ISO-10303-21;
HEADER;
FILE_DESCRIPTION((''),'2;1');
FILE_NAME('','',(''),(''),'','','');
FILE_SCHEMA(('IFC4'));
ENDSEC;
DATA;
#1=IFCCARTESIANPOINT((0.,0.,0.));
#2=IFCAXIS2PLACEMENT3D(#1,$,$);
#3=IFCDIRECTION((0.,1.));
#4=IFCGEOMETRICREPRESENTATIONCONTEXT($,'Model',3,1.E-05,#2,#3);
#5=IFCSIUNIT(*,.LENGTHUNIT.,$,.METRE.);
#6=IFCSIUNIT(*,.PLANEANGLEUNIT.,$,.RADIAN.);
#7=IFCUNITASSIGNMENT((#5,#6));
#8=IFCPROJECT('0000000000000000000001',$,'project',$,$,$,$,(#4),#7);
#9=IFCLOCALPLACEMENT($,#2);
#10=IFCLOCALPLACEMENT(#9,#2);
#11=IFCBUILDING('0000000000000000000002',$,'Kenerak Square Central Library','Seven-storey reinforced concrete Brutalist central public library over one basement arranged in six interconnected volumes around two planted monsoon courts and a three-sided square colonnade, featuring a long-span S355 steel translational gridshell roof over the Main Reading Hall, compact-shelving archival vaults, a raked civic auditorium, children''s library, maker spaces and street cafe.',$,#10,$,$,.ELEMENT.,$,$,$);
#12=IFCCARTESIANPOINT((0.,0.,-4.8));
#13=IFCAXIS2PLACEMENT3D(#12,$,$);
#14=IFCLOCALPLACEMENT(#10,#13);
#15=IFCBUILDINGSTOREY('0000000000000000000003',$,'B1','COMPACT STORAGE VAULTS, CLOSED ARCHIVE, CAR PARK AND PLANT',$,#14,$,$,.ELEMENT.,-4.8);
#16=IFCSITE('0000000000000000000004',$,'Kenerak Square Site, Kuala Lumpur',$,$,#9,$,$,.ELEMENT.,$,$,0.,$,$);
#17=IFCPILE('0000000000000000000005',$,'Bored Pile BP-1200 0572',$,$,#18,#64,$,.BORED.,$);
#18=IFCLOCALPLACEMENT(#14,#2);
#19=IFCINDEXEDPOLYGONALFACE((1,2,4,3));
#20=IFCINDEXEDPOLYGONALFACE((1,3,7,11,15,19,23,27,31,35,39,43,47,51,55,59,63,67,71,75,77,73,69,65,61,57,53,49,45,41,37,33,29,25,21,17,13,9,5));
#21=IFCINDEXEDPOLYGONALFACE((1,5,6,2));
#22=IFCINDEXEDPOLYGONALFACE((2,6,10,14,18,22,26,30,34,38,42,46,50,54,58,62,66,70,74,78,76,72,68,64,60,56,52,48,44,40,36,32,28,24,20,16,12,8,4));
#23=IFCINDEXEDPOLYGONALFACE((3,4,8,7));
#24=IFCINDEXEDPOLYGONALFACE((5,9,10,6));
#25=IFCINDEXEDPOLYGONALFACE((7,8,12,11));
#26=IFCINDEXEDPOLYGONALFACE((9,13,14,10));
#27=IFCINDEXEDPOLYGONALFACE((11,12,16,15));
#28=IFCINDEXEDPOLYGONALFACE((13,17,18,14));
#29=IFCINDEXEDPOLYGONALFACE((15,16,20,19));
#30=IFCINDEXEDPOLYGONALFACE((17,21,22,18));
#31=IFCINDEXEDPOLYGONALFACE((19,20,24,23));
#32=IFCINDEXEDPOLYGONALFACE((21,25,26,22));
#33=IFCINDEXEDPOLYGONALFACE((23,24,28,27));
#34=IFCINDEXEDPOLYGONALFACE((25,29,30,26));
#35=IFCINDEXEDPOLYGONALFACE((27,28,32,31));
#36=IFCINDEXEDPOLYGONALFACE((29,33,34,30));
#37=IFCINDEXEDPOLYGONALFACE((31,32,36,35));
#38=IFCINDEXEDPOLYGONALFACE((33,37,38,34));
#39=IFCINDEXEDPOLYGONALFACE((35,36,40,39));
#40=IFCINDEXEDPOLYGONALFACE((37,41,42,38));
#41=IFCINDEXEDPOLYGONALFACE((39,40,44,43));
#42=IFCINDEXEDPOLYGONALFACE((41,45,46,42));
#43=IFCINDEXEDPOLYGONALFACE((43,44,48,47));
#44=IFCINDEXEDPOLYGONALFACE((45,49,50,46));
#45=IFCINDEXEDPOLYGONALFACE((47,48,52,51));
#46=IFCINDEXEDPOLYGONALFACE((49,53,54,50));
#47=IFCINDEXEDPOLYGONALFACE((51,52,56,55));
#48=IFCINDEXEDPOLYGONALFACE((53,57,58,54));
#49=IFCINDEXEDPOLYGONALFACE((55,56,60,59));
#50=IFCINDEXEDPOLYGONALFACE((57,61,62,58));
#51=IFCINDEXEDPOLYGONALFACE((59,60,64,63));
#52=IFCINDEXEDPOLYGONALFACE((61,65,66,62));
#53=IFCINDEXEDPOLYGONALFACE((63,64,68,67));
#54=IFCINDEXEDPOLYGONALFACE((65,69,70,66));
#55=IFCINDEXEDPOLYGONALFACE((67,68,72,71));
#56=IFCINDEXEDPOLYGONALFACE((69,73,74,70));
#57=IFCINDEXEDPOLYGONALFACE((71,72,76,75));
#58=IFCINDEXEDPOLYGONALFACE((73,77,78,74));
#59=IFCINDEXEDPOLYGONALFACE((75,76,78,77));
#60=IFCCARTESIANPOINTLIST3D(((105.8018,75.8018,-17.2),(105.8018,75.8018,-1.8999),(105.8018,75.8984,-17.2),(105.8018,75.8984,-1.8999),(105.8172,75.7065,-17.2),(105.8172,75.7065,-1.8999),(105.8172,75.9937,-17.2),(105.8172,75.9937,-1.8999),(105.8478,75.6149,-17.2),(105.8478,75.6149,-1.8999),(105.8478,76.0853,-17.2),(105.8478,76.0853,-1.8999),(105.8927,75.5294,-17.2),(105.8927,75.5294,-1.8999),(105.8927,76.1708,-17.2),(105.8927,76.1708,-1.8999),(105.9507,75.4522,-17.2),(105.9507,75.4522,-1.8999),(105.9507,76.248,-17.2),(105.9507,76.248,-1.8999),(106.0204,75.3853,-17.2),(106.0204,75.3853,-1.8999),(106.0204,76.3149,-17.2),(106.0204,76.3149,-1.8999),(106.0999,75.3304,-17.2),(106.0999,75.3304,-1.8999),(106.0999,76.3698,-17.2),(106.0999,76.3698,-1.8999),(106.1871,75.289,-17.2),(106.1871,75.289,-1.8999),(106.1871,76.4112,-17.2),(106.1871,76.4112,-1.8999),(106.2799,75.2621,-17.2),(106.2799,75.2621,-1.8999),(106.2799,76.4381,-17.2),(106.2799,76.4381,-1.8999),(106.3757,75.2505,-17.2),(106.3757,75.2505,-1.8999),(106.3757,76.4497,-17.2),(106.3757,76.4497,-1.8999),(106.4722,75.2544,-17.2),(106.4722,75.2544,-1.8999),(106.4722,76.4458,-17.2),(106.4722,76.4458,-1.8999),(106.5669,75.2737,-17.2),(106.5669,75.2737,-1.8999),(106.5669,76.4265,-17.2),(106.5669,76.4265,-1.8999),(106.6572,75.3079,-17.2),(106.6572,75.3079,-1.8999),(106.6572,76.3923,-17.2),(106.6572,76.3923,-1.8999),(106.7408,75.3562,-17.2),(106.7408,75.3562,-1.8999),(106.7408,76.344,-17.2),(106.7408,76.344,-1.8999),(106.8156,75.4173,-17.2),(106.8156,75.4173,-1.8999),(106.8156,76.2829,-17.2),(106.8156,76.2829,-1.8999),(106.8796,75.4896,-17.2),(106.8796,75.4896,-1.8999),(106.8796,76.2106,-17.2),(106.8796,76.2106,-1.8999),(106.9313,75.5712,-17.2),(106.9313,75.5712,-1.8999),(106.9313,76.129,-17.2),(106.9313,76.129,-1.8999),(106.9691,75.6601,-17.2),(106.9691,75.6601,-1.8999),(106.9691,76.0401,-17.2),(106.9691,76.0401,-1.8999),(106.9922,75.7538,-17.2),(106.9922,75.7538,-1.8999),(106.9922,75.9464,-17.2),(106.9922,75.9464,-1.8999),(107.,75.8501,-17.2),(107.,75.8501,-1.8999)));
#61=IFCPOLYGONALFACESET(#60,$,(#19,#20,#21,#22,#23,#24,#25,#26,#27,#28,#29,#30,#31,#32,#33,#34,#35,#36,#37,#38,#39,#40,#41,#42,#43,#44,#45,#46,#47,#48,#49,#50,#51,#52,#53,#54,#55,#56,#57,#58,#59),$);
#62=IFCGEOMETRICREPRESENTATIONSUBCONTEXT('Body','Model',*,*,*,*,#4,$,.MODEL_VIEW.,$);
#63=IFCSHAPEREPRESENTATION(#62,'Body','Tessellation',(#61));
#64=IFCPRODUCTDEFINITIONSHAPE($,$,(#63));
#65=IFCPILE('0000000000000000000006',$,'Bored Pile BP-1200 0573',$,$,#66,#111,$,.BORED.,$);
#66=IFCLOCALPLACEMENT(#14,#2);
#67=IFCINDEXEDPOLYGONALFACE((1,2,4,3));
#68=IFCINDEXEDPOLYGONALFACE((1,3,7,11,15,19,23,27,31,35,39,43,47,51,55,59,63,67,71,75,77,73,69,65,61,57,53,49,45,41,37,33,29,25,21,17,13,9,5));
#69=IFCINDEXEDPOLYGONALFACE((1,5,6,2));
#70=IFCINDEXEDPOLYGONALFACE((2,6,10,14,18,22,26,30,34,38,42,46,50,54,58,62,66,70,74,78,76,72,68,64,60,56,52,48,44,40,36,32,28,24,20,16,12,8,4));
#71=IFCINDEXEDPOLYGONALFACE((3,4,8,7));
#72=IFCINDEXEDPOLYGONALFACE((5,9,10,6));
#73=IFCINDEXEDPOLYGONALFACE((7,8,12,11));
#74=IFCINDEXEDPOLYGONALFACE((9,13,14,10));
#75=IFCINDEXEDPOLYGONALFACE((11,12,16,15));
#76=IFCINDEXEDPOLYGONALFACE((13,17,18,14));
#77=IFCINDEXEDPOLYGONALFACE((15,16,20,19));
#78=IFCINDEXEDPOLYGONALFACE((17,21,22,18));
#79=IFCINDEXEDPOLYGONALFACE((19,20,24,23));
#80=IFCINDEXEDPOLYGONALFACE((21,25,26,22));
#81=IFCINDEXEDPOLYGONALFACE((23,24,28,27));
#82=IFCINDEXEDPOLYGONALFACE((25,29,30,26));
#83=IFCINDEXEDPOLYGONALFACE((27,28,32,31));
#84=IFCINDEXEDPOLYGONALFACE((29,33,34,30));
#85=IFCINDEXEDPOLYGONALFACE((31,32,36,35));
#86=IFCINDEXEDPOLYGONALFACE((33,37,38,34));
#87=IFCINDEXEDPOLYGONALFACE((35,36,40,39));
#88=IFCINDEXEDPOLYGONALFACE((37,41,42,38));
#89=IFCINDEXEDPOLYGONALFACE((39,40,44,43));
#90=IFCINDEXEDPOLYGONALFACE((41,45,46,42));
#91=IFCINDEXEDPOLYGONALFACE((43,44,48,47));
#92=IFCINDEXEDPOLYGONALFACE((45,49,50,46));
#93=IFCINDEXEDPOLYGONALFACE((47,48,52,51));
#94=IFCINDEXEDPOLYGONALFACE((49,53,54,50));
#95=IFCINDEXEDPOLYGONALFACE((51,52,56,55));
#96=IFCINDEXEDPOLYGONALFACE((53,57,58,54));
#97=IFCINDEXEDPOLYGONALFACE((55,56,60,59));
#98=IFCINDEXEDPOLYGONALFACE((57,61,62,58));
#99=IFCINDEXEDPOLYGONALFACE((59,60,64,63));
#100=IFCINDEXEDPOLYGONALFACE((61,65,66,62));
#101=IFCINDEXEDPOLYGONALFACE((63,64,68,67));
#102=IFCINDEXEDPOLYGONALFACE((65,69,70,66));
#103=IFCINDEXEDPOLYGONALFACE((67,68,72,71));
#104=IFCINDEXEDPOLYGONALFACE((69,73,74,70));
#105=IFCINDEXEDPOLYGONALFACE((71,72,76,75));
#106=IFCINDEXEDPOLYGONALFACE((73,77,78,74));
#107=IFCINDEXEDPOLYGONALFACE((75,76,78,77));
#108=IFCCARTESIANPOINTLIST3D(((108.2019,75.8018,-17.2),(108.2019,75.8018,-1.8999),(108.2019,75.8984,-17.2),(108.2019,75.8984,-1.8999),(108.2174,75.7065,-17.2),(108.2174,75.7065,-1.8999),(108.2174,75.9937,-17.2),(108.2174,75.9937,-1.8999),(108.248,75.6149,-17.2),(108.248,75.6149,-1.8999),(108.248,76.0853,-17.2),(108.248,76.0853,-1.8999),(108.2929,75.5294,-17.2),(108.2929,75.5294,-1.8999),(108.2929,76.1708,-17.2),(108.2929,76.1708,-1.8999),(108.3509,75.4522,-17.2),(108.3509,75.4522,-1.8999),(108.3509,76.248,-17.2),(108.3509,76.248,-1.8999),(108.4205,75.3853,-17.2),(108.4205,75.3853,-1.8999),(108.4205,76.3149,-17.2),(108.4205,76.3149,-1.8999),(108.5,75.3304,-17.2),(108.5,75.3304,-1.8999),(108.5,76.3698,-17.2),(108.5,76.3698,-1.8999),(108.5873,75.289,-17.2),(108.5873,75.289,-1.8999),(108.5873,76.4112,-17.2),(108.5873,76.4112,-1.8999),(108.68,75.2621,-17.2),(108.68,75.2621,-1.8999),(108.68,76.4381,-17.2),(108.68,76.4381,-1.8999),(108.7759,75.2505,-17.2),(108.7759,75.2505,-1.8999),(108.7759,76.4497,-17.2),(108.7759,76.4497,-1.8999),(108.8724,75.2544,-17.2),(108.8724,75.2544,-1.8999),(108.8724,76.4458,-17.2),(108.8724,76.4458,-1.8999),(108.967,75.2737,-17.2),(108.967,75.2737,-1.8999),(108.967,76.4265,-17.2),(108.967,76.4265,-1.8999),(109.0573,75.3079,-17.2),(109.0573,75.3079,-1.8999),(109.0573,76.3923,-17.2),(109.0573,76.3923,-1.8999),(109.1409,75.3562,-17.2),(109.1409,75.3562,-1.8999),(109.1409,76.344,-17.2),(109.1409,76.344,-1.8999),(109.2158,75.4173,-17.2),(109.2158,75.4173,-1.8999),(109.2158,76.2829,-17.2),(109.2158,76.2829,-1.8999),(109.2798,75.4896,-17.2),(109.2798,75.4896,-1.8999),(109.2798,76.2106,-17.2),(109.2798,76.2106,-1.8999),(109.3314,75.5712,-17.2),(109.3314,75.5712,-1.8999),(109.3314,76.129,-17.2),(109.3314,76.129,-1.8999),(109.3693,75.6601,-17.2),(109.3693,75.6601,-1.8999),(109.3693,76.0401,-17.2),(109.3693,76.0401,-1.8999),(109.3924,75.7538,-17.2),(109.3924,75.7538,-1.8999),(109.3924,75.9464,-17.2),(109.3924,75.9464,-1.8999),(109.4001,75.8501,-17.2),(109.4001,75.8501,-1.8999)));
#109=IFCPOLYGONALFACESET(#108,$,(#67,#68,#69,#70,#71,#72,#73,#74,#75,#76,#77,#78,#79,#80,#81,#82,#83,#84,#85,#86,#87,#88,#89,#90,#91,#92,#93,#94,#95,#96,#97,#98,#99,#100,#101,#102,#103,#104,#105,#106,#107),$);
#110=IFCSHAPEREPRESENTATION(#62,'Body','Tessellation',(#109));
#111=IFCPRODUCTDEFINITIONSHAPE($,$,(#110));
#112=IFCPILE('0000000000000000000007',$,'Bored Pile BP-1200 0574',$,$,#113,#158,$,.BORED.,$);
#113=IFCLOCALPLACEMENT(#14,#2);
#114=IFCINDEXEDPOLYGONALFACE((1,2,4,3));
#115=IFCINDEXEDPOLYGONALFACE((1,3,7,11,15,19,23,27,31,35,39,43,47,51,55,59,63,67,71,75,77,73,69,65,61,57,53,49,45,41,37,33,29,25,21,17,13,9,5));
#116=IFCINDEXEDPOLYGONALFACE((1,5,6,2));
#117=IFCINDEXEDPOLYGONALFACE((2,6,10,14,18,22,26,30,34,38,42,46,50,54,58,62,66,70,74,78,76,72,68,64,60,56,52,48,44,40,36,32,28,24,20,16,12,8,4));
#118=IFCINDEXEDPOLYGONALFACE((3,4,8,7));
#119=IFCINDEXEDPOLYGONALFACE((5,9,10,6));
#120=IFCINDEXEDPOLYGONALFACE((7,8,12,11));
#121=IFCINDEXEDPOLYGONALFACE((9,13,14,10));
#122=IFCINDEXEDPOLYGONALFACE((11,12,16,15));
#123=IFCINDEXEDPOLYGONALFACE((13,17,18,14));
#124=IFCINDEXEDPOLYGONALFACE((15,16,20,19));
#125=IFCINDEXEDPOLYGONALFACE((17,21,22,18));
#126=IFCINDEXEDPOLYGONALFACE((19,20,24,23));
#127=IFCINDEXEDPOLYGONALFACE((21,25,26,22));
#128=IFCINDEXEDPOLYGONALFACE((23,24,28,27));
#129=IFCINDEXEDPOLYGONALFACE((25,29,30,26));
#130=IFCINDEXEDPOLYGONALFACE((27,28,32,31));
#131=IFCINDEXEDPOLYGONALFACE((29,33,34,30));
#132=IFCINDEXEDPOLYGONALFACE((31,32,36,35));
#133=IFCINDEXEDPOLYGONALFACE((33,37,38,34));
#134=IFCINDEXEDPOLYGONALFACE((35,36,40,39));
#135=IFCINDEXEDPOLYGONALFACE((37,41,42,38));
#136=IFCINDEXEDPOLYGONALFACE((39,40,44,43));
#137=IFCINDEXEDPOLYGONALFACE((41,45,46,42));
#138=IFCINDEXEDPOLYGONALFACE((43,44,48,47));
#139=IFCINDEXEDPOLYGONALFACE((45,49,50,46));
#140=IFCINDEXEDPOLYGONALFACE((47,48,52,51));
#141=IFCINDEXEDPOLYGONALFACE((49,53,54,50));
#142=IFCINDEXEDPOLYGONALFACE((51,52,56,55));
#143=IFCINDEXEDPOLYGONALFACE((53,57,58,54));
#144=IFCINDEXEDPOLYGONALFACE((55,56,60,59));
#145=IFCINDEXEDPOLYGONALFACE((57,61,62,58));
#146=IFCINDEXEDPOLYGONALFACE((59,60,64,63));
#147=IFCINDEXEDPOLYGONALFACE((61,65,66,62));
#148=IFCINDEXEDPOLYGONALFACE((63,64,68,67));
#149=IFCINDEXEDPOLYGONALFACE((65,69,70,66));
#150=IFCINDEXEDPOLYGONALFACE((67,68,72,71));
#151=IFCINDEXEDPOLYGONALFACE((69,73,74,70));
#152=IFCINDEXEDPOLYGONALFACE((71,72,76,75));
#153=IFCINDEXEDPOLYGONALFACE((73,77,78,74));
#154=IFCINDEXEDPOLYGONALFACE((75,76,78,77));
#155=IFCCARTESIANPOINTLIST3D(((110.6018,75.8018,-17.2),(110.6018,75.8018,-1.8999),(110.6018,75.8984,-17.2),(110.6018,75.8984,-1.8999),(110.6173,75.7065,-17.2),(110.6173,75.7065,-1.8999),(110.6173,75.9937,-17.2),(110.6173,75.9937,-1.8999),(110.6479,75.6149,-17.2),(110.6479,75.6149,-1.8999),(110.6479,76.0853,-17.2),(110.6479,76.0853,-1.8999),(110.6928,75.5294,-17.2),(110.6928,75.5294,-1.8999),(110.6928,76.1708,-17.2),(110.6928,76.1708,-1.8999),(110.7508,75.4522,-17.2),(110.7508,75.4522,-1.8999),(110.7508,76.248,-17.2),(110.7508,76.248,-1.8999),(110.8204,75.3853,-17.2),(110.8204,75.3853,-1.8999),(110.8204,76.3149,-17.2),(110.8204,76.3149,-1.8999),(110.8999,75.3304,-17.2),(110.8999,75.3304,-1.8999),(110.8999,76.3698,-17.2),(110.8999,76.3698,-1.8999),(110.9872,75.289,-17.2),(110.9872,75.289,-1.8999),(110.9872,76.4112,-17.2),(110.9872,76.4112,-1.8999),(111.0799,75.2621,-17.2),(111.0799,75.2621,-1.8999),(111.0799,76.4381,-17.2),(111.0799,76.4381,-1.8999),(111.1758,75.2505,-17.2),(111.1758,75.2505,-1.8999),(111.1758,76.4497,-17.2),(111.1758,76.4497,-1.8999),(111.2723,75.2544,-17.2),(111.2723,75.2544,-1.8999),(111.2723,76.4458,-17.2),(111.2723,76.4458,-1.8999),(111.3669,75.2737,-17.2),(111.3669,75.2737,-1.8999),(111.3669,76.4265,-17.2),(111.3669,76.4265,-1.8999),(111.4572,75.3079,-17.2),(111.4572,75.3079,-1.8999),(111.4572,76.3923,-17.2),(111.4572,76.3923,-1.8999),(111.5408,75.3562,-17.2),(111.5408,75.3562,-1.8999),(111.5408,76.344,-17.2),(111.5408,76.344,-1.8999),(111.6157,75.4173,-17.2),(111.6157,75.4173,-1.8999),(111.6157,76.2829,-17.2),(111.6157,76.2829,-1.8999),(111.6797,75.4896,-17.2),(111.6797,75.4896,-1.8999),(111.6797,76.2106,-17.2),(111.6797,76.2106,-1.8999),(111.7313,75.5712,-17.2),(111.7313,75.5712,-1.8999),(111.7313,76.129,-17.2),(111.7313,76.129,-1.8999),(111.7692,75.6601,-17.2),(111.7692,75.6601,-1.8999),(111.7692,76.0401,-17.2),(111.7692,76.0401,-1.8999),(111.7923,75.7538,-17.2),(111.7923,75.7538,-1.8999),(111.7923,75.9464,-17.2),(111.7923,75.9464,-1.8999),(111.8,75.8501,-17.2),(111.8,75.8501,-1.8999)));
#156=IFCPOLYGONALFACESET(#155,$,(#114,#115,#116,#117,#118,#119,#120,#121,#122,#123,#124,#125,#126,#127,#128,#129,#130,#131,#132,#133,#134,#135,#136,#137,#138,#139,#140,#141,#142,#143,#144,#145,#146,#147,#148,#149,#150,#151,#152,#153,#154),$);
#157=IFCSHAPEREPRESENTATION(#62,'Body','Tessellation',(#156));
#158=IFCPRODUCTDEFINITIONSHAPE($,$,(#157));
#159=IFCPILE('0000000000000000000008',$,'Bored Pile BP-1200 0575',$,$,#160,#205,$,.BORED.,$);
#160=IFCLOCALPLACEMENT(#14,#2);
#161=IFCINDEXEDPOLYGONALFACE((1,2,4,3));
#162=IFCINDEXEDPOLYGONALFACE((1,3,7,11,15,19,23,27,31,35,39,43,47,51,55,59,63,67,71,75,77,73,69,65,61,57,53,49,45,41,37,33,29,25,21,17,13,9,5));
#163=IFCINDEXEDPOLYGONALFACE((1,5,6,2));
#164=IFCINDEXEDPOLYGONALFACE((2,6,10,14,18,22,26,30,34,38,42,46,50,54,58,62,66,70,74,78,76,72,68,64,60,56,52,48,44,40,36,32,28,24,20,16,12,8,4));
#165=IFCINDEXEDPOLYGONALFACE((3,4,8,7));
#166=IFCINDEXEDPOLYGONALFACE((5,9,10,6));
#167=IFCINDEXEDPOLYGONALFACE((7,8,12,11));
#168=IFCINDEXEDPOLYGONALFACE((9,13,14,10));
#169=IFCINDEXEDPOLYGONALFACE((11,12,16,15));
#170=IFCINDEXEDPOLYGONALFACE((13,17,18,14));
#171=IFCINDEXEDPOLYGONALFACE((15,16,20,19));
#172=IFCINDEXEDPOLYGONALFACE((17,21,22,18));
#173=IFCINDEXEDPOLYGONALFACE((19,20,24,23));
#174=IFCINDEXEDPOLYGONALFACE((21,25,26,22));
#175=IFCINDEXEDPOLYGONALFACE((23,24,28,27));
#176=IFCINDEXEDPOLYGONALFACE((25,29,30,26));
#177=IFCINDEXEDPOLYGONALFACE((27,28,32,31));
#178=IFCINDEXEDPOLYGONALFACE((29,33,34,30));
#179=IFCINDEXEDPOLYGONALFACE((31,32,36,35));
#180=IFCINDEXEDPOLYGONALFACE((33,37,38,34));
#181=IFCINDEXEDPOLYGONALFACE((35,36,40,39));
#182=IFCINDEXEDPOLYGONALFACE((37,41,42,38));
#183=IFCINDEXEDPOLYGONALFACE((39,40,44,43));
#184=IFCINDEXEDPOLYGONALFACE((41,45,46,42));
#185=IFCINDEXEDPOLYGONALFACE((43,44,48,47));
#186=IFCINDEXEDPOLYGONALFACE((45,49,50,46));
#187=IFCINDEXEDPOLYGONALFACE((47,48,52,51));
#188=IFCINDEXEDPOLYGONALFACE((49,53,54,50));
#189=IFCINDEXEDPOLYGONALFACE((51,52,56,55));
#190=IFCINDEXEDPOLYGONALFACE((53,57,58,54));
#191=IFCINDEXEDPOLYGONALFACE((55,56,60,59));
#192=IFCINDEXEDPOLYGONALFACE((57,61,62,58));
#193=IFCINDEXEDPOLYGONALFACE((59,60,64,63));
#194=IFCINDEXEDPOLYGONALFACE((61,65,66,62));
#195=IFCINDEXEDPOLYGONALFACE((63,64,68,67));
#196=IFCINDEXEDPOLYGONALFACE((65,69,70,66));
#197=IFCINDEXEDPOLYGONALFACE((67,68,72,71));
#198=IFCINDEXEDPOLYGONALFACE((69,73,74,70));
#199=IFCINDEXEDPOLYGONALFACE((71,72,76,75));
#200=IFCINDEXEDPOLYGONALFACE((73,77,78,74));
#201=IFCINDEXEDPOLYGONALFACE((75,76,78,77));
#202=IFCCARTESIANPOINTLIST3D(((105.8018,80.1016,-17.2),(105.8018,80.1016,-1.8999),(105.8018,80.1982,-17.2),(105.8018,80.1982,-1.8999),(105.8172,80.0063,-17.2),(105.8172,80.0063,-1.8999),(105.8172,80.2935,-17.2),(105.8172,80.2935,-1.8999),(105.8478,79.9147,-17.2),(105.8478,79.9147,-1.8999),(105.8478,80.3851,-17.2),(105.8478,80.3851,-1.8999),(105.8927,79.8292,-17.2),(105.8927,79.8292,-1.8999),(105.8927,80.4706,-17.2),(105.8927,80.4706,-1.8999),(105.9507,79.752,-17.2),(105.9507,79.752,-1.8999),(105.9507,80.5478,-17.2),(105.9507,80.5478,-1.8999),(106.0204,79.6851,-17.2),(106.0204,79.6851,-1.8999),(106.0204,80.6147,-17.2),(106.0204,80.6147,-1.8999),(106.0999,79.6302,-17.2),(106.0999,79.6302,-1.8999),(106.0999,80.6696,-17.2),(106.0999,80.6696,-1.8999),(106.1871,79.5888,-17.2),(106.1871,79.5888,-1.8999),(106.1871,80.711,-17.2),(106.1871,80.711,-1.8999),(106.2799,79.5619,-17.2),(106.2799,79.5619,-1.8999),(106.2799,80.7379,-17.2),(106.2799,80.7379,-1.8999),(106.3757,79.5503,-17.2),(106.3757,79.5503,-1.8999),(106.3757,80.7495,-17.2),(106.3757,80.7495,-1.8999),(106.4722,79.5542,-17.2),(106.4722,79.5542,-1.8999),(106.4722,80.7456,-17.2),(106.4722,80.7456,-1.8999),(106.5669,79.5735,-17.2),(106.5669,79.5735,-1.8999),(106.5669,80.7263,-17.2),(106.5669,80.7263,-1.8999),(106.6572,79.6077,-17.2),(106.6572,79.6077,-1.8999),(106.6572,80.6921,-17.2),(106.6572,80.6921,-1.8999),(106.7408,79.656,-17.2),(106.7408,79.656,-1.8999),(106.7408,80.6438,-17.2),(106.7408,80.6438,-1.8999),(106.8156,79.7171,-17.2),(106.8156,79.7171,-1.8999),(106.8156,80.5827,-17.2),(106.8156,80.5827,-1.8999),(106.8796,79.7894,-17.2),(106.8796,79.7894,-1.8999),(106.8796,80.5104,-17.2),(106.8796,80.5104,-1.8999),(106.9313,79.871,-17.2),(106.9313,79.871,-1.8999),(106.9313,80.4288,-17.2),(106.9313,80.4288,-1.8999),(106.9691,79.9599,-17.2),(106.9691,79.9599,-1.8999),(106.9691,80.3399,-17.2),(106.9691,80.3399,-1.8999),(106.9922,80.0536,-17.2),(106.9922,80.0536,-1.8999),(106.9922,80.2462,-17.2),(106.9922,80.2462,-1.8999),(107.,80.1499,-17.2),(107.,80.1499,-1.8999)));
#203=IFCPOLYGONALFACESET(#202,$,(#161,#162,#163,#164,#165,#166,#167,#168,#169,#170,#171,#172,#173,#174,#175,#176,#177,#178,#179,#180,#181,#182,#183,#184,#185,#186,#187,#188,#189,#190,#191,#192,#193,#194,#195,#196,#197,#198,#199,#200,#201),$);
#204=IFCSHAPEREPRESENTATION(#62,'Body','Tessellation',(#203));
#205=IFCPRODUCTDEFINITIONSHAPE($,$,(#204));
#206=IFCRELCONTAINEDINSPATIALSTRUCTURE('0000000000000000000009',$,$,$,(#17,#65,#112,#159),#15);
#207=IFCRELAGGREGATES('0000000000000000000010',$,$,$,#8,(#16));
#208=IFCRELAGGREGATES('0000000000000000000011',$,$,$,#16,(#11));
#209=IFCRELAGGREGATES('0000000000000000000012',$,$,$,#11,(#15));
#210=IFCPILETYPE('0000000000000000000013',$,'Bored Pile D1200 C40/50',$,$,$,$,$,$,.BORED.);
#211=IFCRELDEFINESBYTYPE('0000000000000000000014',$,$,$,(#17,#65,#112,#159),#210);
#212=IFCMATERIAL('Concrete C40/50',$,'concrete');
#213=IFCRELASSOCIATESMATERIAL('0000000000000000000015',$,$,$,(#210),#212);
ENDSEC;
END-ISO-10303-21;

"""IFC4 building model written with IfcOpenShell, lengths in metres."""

from ifc_helpers import new_model, si_unit, direction, frame, origin, origin_2d, place, context, subcontext, project, spatial, circle, extrude, material, material_profile, profile_set, type_object, element, save


model = new_model("IFC4")

# Units and contexts
model_context = context("Model", 3, precision=1e-05, world=origin(), true_north=direction((0.0, 1.0)))
body_context = subcontext(model_context, "Body", "Model", "MODEL_VIEW")
ifc_project = project(units=[si_unit("LENGTHUNIT", "METRE"), si_unit("PLANEANGLEUNIT", "RADIAN")], contexts=[model_context])

# Site, building, storey
site_placement = place(None, origin())
site = spatial("IfcSite", under=ifc_project, at=site_placement, Name="Kenerak Square Site, Kuala Lumpur", CompositionType="ELEMENT", RefElevation=0.0)
building_placement = place(site_placement, origin())
building = spatial("IfcBuilding", under=site, at=building_placement, Name="Kenerak Square Central Library", Description="Seven-storey reinforced concrete Brutalist central public library over one basement arranged in six interconnected volumes around two planted monsoon courts and a three-sided square colonnade, featuring a long-span S355 steel translational gridshell roof over the Main Reading Hall, compact-shelving archival vaults, a raked civic auditorium, children's library, maker spaces and street cafe.", CompositionType="ELEMENT")
storey_placement = place(building_placement, frame((0.0, 0.0, -4.8)))
storey = spatial("IfcBuildingStorey", under=building, at=storey_placement, Name="B1", Description="COMPACT STORAGE VAULTS, CLOSED ARCHIVE, CAR PARK AND PLANT", CompositionType="ELEMENT", Elevation=-4.8)

# Piles
ifc_material_1 = material(Name="Concrete C40/50", Category="concrete")
ifc_material_profile_1 = material_profile(ifc_material_1, circle(Radius=0.6001, at=origin_2d()), Name="BP D1200")
ifc_profile_set_1 = profile_set([ifc_material_profile_1], Name="Concrete C40/50")
pile_type = type_object("IfcPileType", Name="Bored Pile D1200 C40/50", PredefinedType="BORED", material=ifc_profile_set_1)
for number, where, z_axis, x_axis, name in (
    (1, (106.3999, 75.8501, -1.8999), (0.0, 0.0, -1.0), (1.0, 0.0, 0.0), "Bored Pile BP-1200 0572"),
    (2, (108.8, 75.8501, -1.8999), (0.0, 0.0, -1.0), (1.0, 0.0, 0.0), "Bored Pile BP-1200 0573"),
    (3, (111.2, 75.8501, -1.8999), (0.0, 0.0, -1.0), (1.0, 0.0, 0.0), "Bored Pile BP-1200 0574"),
    (4, (106.3999, 80.1499, -1.8999), (0.0, 0.0, -1.0), (1.0, 0.0, 0.0), "Bored Pile BP-1200 0575"),
):
    element("IfcPile", number, at=place(storey_placement, frame(where, z_axis=z_axis, x_axis=x_axis)), inside=storey, type_object=pile_type, Name=name, PredefinedType="BORED", context=body_context, shape_type="SweptSolid", body=[
        extrude(circle(Radius=0.6001, at=origin_2d()), origin(), (0.0, 0.0, 1.0), 15.3),
    ])

save(model, "model.ifc")
